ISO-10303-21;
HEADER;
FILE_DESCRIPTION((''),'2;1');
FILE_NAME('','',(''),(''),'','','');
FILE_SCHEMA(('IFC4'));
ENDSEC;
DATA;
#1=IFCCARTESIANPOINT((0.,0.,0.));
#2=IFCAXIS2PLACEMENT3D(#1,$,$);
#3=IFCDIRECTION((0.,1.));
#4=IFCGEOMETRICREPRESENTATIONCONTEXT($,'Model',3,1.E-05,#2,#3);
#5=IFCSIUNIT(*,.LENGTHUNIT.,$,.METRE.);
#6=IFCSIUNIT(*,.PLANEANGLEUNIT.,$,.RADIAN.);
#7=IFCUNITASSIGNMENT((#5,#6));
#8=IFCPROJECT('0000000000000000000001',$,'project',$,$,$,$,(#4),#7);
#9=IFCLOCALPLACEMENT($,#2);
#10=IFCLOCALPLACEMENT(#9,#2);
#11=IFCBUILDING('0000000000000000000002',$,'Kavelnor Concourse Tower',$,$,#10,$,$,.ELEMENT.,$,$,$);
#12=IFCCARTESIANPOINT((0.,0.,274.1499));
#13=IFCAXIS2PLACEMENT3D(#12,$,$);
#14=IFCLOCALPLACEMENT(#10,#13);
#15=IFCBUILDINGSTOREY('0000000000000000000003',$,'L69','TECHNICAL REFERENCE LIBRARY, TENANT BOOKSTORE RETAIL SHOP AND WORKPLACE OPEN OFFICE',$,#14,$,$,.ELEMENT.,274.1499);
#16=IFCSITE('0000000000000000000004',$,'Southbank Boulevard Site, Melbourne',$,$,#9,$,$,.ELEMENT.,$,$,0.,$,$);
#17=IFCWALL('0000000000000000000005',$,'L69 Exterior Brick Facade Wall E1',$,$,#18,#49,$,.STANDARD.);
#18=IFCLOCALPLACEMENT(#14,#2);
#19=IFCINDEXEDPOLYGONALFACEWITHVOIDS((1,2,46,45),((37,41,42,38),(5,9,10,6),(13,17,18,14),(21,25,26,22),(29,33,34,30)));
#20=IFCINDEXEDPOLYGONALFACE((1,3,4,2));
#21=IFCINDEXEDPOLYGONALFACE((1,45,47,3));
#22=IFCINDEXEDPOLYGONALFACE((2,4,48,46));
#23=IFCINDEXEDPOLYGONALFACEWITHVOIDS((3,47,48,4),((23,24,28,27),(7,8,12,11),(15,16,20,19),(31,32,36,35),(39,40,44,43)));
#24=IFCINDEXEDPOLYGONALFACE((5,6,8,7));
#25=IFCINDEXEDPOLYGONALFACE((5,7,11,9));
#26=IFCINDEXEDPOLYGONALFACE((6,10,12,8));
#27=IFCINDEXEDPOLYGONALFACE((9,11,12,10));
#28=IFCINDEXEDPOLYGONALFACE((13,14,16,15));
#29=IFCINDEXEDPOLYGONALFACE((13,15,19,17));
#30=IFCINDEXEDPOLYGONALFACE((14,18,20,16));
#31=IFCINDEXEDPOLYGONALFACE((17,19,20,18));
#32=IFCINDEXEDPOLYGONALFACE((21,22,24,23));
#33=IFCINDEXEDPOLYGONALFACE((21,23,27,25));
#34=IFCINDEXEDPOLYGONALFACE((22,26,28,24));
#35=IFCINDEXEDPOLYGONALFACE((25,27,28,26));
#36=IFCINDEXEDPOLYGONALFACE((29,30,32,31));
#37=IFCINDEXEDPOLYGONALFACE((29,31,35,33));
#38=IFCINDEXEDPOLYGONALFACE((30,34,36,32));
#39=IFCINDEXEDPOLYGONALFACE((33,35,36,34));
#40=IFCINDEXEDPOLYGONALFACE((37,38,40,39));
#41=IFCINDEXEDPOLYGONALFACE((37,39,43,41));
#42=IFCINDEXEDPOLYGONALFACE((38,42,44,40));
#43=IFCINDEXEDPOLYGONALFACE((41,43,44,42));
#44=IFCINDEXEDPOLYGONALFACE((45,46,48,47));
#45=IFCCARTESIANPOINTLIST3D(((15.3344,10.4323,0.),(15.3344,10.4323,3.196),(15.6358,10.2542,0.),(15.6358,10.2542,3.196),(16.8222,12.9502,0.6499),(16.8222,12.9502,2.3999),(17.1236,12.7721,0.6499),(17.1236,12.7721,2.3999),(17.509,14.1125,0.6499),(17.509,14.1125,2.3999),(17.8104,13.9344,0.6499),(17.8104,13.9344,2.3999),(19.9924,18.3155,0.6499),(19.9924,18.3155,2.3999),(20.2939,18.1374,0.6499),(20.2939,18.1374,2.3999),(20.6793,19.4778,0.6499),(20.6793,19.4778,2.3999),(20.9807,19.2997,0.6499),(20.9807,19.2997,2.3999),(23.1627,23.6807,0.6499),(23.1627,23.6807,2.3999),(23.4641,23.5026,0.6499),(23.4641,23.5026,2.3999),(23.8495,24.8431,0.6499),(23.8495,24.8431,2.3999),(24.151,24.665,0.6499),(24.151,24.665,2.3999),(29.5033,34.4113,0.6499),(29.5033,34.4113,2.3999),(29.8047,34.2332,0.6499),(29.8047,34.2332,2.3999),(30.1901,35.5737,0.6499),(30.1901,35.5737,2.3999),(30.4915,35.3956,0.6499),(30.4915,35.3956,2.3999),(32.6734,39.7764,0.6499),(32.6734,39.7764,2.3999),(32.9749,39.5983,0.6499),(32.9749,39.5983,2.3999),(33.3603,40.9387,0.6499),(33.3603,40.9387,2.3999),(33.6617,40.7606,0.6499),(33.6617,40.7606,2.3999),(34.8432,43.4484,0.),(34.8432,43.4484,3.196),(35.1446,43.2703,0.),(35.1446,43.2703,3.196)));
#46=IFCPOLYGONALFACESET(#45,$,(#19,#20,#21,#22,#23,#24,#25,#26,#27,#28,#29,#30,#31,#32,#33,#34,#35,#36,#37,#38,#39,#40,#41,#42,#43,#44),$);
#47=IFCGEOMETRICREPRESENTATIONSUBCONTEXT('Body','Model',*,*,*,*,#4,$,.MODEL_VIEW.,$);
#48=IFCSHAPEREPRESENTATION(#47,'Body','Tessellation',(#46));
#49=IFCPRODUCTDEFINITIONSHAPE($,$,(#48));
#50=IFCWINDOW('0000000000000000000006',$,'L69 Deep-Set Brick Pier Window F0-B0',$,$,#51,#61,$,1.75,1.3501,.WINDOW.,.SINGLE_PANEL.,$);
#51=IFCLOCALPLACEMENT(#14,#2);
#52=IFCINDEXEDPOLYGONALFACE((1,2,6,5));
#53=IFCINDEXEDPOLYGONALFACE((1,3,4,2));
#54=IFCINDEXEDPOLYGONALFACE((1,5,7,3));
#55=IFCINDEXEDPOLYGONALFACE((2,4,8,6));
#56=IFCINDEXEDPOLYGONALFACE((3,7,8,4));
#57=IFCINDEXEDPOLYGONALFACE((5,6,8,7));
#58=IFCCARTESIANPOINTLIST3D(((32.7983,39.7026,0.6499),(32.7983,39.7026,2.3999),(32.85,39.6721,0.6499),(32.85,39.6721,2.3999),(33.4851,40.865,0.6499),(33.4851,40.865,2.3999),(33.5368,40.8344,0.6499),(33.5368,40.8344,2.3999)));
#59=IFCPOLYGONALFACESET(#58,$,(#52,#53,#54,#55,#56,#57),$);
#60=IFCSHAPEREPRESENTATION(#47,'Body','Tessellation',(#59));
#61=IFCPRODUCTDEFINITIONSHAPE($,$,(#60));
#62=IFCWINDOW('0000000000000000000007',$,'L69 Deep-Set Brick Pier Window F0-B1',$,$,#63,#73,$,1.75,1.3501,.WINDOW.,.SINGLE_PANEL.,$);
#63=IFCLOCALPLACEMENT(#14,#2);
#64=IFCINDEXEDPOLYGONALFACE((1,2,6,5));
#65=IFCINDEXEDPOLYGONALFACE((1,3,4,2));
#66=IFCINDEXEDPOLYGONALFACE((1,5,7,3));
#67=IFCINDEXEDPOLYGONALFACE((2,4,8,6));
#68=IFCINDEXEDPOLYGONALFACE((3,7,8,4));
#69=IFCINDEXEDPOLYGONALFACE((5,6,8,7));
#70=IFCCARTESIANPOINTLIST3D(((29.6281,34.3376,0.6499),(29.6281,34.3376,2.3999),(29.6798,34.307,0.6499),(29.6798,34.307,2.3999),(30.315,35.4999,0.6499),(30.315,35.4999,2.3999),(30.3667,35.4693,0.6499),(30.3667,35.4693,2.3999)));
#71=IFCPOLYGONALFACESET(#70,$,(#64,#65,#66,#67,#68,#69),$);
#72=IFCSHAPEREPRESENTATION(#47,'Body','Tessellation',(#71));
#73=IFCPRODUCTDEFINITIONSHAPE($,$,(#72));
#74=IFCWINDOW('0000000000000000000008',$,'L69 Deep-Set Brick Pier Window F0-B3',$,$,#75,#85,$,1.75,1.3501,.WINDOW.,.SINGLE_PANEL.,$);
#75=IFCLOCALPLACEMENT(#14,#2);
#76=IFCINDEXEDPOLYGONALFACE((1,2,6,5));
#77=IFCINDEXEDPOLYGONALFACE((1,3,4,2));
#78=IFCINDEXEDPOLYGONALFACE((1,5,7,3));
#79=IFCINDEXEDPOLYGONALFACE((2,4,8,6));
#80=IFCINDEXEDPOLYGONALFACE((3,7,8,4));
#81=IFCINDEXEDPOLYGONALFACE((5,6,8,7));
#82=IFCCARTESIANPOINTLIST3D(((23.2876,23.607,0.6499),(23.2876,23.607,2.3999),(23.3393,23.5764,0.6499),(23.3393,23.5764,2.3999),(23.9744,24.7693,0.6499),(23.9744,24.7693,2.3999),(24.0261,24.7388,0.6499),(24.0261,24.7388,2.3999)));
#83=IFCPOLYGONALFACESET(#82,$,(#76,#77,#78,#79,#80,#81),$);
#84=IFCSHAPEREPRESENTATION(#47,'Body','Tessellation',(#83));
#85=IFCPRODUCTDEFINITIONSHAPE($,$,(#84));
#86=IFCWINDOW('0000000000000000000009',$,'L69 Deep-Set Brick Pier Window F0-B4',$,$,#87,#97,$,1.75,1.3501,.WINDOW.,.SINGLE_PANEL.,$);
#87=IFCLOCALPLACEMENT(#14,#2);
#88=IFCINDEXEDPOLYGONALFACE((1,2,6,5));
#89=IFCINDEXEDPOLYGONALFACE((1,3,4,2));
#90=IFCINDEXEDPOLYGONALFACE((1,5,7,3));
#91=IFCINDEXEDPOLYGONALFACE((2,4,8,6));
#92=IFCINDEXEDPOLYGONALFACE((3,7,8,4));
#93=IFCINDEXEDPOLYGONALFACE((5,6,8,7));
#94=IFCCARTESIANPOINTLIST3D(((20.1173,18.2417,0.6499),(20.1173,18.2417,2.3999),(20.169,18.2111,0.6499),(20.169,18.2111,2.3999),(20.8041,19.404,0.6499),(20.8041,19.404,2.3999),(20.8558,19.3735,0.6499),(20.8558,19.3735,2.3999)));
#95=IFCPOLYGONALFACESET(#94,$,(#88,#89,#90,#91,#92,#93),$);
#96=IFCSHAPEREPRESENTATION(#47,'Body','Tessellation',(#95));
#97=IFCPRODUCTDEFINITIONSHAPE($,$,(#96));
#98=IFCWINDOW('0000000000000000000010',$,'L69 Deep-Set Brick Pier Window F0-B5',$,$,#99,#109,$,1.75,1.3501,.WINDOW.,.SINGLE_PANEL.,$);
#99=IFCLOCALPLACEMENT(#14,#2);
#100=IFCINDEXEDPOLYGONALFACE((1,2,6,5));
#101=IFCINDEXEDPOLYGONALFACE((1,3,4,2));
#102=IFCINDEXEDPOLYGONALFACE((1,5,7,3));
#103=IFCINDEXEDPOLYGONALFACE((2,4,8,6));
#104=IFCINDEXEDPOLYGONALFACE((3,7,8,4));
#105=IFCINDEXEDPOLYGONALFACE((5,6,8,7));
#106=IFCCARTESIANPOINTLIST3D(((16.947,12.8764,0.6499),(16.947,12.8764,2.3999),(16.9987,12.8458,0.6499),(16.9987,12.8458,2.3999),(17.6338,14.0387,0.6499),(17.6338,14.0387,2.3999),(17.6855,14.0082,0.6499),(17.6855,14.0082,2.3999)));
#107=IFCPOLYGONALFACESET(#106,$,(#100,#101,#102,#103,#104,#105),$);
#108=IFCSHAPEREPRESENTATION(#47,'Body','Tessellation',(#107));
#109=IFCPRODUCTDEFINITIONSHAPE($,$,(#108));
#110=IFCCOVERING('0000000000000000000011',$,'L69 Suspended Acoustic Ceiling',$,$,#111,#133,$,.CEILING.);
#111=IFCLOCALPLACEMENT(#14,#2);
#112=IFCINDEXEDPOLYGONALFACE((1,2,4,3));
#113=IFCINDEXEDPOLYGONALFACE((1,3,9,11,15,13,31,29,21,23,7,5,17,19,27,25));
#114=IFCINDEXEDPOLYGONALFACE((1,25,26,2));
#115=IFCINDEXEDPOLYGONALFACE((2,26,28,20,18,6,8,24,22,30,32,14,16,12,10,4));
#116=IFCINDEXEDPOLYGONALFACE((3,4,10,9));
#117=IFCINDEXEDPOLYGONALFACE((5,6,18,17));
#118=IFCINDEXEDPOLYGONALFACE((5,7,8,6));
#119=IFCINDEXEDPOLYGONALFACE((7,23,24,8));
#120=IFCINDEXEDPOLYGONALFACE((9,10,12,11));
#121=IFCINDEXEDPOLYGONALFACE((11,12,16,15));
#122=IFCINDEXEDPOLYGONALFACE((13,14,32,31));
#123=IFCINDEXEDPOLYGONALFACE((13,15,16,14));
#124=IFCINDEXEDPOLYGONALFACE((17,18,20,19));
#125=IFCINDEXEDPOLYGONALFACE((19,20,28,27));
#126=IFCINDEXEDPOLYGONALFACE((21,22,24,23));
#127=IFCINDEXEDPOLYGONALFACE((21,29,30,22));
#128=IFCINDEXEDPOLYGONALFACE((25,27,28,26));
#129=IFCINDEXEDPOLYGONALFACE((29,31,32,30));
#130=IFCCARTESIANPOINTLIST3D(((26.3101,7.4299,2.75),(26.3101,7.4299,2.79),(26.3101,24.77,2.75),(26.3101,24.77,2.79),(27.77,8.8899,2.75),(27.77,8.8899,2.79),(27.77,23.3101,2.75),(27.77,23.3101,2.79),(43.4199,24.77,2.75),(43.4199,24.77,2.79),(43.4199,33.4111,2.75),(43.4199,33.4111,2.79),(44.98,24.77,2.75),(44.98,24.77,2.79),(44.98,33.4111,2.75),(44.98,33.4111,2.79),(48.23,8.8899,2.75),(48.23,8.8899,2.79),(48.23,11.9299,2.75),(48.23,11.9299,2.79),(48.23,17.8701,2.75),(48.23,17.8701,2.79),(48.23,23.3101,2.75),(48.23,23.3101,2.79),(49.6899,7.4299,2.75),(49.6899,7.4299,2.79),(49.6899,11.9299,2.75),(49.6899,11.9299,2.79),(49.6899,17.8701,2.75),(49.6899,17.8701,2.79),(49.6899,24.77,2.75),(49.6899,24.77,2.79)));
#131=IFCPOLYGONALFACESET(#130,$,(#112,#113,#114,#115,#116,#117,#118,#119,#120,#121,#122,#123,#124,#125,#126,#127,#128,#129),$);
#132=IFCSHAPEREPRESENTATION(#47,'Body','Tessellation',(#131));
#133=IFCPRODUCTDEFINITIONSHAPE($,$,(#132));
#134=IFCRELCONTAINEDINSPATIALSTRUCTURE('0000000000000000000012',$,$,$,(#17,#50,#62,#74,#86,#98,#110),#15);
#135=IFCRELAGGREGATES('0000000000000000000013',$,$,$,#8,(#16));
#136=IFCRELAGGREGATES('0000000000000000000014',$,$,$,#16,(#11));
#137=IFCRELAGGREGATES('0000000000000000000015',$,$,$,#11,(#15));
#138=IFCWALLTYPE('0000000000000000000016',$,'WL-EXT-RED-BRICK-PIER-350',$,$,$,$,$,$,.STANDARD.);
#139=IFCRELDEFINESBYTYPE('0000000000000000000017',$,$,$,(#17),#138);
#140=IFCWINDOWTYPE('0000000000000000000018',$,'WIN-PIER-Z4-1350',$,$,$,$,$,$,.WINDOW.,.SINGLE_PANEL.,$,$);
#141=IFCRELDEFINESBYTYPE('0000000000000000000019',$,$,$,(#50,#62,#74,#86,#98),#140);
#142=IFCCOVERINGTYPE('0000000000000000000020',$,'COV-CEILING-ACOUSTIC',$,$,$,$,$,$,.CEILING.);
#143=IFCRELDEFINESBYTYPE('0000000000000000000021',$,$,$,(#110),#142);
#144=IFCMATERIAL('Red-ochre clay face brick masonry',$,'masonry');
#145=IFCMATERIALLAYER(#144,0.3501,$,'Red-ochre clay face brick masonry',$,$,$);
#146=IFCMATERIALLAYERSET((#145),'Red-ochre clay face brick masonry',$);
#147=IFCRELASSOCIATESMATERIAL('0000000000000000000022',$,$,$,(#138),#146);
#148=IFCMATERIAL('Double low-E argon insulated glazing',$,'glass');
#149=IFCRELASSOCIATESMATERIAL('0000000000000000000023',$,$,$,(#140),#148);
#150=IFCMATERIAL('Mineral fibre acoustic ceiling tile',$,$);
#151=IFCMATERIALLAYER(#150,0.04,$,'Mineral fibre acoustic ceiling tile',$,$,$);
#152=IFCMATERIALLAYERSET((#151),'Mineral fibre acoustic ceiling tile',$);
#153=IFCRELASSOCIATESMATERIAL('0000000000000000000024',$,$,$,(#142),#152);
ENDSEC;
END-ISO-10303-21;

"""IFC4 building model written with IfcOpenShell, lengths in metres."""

from ifc_helpers import new_model, si_unit, direction, frame, frame_2d, origin, place, context, subcontext, project, spatial, polyline, rectangle, outline, extrude, material, layer, layer_set, type_object, element, fill, save


model = new_model("IFC4")

# Units and contexts
model_context = context("Model", 3, precision=1e-05, world=origin(), true_north=direction((0.0, 1.0)))
body_context = subcontext(model_context, "Body", "Model", "MODEL_VIEW")
ifc_project = project(units=[si_unit("LENGTHUNIT", "METRE"), si_unit("PLANEANGLEUNIT", "RADIAN")], contexts=[model_context])

# Site, building, storey
site_placement = place(None, origin())
site = spatial("IfcSite", under=ifc_project, at=site_placement, Name="Southbank Boulevard Site, Melbourne", CompositionType="ELEMENT", RefElevation=0.0)
building_placement = place(site_placement, origin())
building = spatial("IfcBuilding", under=site, at=building_placement, Name="Kavelnor Concourse Tower", CompositionType="ELEMENT")
storey_placement = place(building_placement, frame((0.0, 0.0, 274.1499)))
storey = spatial("IfcBuildingStorey", under=building, at=storey_placement, Name="L69", Description="TECHNICAL REFERENCE LIBRARY, TENANT BOOKSTORE RETAIL SHOP AND WORKPLACE OPEN OFFICE", CompositionType="ELEMENT", Elevation=274.1499)

# Shared definitions
ifc_material_1 = material(Name="Double low-E argon insulated glazing", Category="glass")

# Wall, openings, windows
ifc_material_2 = material(Name="Red-ochre clay face brick masonry", Category="masonry")
ifc_layer_1 = layer(ifc_material_2, 0.3501, Name="Red-ochre clay face brick masonry")
ifc_layer_set_1 = layer_set([ifc_layer_1], Name="Red-ochre clay face brick masonry")
wall_type_1 = type_object("IfcWallType", Name="WL-EXT-RED-BRICK-PIER-350", PredefinedType="STANDARD", material=ifc_layer_set_1)
wall_1_placement = place(storey_placement, frame((15.4851, 10.3433, 0.0), z_axis=(0.0, 0.0, 1.0), x_axis=(0.508715, 0.860935, 0.0)))
wall_1 = element("IfcWall", 1, at=wall_1_placement, inside=storey, type_object=wall_type_1, Name="L69 Exterior Brick Facade Wall E1", PredefinedType="STANDARD", context=body_context, shape_type="SweptSolid", body=[
    extrude(rectangle(XDim=38.3491, YDim=0.3501, at=frame_2d((19.1746, 0.0))), origin(), (0.0, 0.0, 1.0), 3.196),
])
opening_1_placement = place(wall_1_placement, frame((34.084, 0.0, 0.6499)))
opening_1 = element("IfcOpeningElement", 2, at=opening_1_placement, cuts=wall_1, PredefinedType="OPENING", context=body_context, shape_type="SweptSolid", body=[
    extrude(rectangle(XDim=1.3501, YDim=1.75, at=frame_2d((0.675, 0.875))), frame((0.0, 0.1851, 0.0), z_axis=(0.0, -1.0, 0.0), x_axis=(1.0, 0.0, 0.0)), (0.0, 0.0, 1.0), 0.3701),
])
opening_2_placement = place(wall_1_placement, frame((27.8523, 0.0, 0.6499)))
opening_2 = element("IfcOpeningElement", 3, at=opening_2_placement, cuts=wall_1, PredefinedType="OPENING", context=body_context, shape_type="SweptSolid", body=[
    extrude(rectangle(XDim=1.3501, YDim=1.75, at=frame_2d((0.675, 0.875))), frame((0.0, 0.1851, 0.0), z_axis=(0.0, -1.0, 0.0), x_axis=(1.0, 0.0, 0.0)), (0.0, 0.0, 1.0), 0.3701),
])
opening_3_placement = place(wall_1_placement, frame((15.3884, 0.0, 0.6499)))
opening_3 = element("IfcOpeningElement", 4, at=opening_3_placement, cuts=wall_1, PredefinedType="OPENING", context=body_context, shape_type="SweptSolid", body=[
    extrude(rectangle(XDim=1.3501, YDim=1.75, at=frame_2d((0.675, 0.875))), frame((0.0, 0.1851, 0.0), z_axis=(0.0, -1.0, 0.0), x_axis=(1.0, 0.0, 0.0)), (0.0, 0.0, 1.0), 0.3701),
])
opening_4_placement = place(wall_1_placement, frame((9.1565, 0.0, 0.6499)))
opening_4 = element("IfcOpeningElement", 5, at=opening_4_placement, cuts=wall_1, PredefinedType="OPENING", context=body_context, shape_type="SweptSolid", body=[
    extrude(rectangle(XDim=1.3501, YDim=1.75, at=frame_2d((0.675, 0.875))), frame((0.0, 0.1851, 0.0), z_axis=(0.0, -1.0, 0.0), x_axis=(1.0, 0.0, 0.0)), (0.0, 0.0, 1.0), 0.3701),
])
opening_5_placement = place(wall_1_placement, frame((2.9246, 0.0, 0.6499)))
opening_5 = element("IfcOpeningElement", 6, at=opening_5_placement, cuts=wall_1, PredefinedType="OPENING", context=body_context, shape_type="SweptSolid", body=[
    extrude(rectangle(XDim=1.3501, YDim=1.75, at=frame_2d((0.675, 0.875))), frame((0.0, 0.1851, 0.0), z_axis=(0.0, -1.0, 0.0), x_axis=(1.0, 0.0, 0.0)), (0.0, 0.0, 1.0), 0.3701),
])
window_type_1 = type_object("IfcWindowType", Name="WIN-PIER-Z4-1350", PartitioningType="SINGLE_PANEL", PredefinedType="WINDOW", material=ifc_material_1)
window_1_placement = place(opening_1_placement, origin())
window_1 = element("IfcWindow", 7, at=window_1_placement, inside=storey, type_object=window_type_1, Name="L69 Deep-Set Brick Pier Window F0-B0", OverallHeight=1.75, OverallWidth=1.3501, PartitioningType="SINGLE_PANEL", PredefinedType="WINDOW", context=body_context, shape_type="SweptSolid", body=[
    extrude(rectangle(XDim=1.3501, YDim=1.75, at=frame_2d((0.675, 0.875))), frame((0.0, 0.03, 0.0), z_axis=(0.0, -1.0, 0.0), x_axis=(1.0, 0.0, 0.0)), (0.0, 0.0, 1.0), 0.0601),
])
fill(opening_1, window_1)
window_2_placement = place(opening_2_placement, origin())
window_2 = element("IfcWindow", 8, at=window_2_placement, inside=storey, type_object=window_type_1, Name="L69 Deep-Set Brick Pier Window F0-B1", OverallHeight=1.75, OverallWidth=1.3501, PartitioningType="SINGLE_PANEL", PredefinedType="WINDOW", context=body_context, shape_type="SweptSolid", body=[
    extrude(rectangle(XDim=1.3501, YDim=1.75, at=frame_2d((0.675, 0.875))), frame((0.0, 0.03, 0.0), z_axis=(0.0, -1.0, 0.0), x_axis=(1.0, 0.0, 0.0)), (0.0, 0.0, 1.0), 0.0601),
])
fill(opening_2, window_2)
window_3_placement = place(opening_3_placement, origin())
window_3 = element("IfcWindow", 9, at=window_3_placement, inside=storey, type_object=window_type_1, Name="L69 Deep-Set Brick Pier Window F0-B3", OverallHeight=1.75, OverallWidth=1.3501, PartitioningType="SINGLE_PANEL", PredefinedType="WINDOW", context=body_context, shape_type="SweptSolid", body=[
    extrude(rectangle(XDim=1.3501, YDim=1.75, at=frame_2d((0.675, 0.875))), frame((0.0, 0.03, 0.0), z_axis=(0.0, -1.0, 0.0), x_axis=(1.0, 0.0, 0.0)), (0.0, 0.0, 1.0), 0.0601),
])
fill(opening_3, window_3)
window_4_placement = place(opening_4_placement, origin())
window_4 = element("IfcWindow", 10, at=window_4_placement, inside=storey, type_object=window_type_1, Name="L69 Deep-Set Brick Pier Window F0-B4", OverallHeight=1.75, OverallWidth=1.3501, PartitioningType="SINGLE_PANEL", PredefinedType="WINDOW", context=body_context, shape_type="SweptSolid", body=[
    extrude(rectangle(XDim=1.3501, YDim=1.75, at=frame_2d((0.675, 0.875))), frame((0.0, 0.03, 0.0), z_axis=(0.0, -1.0, 0.0), x_axis=(1.0, 0.0, 0.0)), (0.0, 0.0, 1.0), 0.0601),
])
fill(opening_4, window_4)
window_5_placement = place(opening_5_placement, origin())
window_5 = element("IfcWindow", 11, at=window_5_placement, inside=storey, type_object=window_type_1, Name="L69 Deep-Set Brick Pier Window F0-B5", OverallHeight=1.75, OverallWidth=1.3501, PartitioningType="SINGLE_PANEL", PredefinedType="WINDOW", context=body_context, shape_type="SweptSolid", body=[
    extrude(rectangle(XDim=1.3501, YDim=1.75, at=frame_2d((0.675, 0.875))), frame((0.0, 0.03, 0.0), z_axis=(0.0, -1.0, 0.0), x_axis=(1.0, 0.0, 0.0)), (0.0, 0.0, 1.0), 0.0601),
])
fill(opening_5, window_5)

# Covering
ifc_material_3 = material(Name="Mineral fibre acoustic ceiling tile")
ifc_layer_2 = layer(ifc_material_3, 0.04, Name="Mineral fibre acoustic ceiling tile")
ifc_layer_set_2 = layer_set([ifc_layer_2], Name="Mineral fibre acoustic ceiling tile")
covering_type = type_object("IfcCoveringType", Name="COV-CEILING-ACOUSTIC", PredefinedType="CEILING", material=ifc_layer_set_2)
covering_placement = place(storey_placement, frame((0.0, 0.0, 2.75)))
element("IfcCovering", 12, at=covering_placement, inside=storey, type_object=covering_type, Name="L69 Suspended Acoustic Ceiling", PredefinedType="CEILING", context=body_context, shape_type="SweptSolid", body=[
    extrude(outline(polyline([(44.98, 24.77), (49.6899, 24.77), (49.6899, 17.8701), (48.23, 17.8701), (48.23, 23.3101), (27.77, 23.3101), (27.77, 8.8899), (48.23, 8.8899), (48.23, 11.9299), (49.6899, 11.9299), (49.6899, 7.4299), (26.3101, 7.4299), (26.3101, 24.77), (43.4199, 24.77), (43.4199, 33.4111), (44.98, 33.4111), (44.98, 24.77)])), origin(), (0.0, 0.0, 1.0), 0.04),
])

save(model, "model.ifc")
